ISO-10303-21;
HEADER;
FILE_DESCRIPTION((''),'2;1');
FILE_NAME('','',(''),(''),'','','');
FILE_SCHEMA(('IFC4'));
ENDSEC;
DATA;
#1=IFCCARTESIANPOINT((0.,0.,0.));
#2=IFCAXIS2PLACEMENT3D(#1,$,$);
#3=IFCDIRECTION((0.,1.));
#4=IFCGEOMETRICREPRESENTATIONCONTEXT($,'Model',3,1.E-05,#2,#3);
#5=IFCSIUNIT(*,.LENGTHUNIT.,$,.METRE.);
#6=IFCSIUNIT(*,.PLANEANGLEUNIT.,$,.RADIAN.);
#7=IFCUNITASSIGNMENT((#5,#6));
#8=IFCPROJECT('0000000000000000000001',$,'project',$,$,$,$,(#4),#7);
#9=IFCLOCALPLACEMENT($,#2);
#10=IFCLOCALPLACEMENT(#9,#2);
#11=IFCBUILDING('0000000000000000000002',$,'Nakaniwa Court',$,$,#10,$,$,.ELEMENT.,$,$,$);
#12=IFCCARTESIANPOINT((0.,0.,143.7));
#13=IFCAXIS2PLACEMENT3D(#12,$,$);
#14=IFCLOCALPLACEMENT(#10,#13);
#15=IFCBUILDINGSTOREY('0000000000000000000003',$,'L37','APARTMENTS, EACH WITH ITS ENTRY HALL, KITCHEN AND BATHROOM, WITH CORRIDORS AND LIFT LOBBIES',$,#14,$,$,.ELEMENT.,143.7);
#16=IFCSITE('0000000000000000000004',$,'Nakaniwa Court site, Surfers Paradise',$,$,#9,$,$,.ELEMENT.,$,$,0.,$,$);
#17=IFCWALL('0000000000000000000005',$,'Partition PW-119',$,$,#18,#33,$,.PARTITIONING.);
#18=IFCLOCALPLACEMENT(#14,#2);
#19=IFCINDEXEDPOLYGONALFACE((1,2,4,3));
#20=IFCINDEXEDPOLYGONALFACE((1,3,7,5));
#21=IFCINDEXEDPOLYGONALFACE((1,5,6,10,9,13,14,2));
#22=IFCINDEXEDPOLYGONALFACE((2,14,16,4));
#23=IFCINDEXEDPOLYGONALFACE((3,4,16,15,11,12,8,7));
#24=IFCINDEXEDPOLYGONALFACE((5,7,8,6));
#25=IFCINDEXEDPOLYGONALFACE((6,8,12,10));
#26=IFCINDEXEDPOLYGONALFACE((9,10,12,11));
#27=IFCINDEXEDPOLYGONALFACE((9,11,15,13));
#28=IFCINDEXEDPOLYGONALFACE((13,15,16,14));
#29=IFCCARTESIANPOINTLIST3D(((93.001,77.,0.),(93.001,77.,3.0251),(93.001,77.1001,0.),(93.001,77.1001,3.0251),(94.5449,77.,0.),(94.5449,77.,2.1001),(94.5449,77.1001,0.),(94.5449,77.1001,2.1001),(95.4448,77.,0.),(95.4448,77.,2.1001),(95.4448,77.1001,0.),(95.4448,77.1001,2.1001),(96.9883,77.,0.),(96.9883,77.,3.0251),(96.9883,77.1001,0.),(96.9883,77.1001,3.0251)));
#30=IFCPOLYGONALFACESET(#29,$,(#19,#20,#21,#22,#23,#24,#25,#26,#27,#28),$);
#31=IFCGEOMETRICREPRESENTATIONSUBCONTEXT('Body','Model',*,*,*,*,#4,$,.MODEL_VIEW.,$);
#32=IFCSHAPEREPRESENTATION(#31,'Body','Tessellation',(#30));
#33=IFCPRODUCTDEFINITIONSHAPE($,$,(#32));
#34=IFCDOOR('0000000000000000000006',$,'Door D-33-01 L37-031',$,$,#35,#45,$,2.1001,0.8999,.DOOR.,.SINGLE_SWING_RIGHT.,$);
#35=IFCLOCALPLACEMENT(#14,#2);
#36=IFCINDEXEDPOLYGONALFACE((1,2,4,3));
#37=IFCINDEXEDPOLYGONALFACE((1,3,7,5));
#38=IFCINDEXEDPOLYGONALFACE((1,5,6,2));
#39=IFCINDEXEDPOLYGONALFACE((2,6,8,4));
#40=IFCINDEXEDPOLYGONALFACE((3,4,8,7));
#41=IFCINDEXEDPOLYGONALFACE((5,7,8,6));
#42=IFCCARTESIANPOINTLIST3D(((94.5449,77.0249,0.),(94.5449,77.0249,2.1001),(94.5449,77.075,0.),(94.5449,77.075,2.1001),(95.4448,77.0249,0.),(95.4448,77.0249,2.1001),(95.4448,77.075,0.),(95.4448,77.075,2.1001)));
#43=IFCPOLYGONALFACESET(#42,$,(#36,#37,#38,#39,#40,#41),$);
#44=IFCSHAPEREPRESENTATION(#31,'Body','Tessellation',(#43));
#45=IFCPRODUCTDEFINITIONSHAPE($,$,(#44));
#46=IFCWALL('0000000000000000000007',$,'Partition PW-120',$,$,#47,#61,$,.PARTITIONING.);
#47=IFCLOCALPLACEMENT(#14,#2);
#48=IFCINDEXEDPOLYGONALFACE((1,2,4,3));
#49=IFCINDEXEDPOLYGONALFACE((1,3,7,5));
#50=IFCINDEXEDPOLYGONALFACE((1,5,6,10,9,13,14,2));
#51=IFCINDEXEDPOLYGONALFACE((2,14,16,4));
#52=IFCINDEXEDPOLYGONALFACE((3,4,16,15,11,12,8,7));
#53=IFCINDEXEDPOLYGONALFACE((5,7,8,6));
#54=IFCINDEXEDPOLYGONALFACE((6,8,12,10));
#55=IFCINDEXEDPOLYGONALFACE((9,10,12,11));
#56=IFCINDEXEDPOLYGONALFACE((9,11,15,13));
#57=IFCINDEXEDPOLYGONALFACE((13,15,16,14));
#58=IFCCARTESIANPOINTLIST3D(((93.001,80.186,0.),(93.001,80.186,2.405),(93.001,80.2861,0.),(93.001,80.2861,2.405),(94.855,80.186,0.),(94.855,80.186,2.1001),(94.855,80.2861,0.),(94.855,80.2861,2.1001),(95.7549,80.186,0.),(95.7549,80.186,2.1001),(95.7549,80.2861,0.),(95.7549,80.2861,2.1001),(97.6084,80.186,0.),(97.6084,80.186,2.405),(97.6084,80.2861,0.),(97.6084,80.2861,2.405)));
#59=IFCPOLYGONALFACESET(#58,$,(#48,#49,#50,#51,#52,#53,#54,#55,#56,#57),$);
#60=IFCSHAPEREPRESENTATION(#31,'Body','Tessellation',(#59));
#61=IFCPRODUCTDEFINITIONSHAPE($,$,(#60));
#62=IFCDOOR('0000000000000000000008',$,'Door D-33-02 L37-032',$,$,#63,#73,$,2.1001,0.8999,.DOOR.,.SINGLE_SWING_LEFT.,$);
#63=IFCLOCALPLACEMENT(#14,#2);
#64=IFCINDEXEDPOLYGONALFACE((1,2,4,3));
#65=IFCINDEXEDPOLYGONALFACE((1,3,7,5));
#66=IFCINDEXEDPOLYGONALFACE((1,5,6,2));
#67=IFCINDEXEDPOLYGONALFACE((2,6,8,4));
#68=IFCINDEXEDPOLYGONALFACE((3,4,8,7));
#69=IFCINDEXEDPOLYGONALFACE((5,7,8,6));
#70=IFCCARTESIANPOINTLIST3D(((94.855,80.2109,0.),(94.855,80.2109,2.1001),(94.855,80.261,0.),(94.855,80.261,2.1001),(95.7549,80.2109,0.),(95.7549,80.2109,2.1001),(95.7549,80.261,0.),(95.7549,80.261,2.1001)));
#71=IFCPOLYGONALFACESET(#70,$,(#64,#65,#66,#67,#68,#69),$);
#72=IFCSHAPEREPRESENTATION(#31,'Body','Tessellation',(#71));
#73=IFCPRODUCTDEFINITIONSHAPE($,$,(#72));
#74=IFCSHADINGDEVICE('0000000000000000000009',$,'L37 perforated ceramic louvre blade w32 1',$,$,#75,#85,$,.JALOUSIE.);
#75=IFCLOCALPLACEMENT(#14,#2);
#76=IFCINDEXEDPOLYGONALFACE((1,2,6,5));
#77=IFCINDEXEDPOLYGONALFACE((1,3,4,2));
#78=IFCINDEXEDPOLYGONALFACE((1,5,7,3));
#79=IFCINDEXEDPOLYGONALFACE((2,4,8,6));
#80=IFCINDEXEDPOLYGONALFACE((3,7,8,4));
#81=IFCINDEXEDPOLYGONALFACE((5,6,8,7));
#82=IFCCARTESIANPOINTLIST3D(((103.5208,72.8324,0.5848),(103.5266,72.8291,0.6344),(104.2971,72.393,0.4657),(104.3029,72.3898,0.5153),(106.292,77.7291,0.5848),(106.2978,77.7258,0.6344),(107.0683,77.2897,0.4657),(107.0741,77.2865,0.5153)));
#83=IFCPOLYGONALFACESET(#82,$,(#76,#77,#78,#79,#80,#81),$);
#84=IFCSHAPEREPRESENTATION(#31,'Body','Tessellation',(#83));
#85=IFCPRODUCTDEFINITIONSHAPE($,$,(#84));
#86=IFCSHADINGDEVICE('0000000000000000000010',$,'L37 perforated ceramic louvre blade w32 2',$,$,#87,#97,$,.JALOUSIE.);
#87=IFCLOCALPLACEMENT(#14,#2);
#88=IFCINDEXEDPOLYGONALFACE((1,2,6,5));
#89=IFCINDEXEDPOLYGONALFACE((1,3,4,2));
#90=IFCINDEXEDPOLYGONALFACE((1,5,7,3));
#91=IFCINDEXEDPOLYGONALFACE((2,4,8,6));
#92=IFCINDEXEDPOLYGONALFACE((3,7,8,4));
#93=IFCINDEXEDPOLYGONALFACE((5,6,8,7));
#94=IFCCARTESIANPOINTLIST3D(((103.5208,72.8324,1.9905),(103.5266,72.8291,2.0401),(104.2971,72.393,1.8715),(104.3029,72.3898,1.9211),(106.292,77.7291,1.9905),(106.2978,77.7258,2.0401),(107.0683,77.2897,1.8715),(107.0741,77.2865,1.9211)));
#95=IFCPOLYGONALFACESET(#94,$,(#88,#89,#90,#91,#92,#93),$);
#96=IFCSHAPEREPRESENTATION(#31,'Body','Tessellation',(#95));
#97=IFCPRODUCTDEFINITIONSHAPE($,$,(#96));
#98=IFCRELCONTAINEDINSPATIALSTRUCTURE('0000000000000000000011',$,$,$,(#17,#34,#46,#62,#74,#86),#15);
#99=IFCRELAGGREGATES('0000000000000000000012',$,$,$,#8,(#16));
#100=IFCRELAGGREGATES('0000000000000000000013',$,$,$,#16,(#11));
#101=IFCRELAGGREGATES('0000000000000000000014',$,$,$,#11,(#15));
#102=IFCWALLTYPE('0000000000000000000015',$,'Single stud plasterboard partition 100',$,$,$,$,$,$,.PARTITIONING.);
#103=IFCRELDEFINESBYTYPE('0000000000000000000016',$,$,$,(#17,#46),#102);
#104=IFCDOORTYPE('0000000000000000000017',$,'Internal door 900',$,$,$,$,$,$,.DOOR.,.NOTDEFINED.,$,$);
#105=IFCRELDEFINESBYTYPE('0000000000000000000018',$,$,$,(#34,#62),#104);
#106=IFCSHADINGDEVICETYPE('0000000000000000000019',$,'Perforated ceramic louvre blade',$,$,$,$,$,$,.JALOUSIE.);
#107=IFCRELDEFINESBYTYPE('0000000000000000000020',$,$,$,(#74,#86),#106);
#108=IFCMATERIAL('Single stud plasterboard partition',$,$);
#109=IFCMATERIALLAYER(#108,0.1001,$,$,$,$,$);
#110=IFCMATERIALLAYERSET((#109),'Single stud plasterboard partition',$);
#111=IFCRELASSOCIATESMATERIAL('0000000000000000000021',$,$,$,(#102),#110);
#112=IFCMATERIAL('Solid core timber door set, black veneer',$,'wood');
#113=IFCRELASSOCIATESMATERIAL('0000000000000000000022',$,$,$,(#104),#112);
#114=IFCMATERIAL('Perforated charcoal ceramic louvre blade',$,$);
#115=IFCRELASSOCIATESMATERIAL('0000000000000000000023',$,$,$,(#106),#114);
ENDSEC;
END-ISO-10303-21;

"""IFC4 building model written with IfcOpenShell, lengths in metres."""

from ifc_helpers import new_model, si_unit, direction, frame, frame_2d, origin, origin_2d, place, context, subcontext, project, spatial, rectangle, extrude, material, layer, layer_set, material_profile, profile_set, type_object, element, fill, save


model = new_model("IFC4")

# Units and contexts
model_context = context("Model", 3, precision=1e-05, world=origin(), true_north=direction((0.0, 1.0)))
body_context = subcontext(model_context, "Body", "Model", "MODEL_VIEW")
ifc_project = project(units=[si_unit("LENGTHUNIT", "METRE"), si_unit("PLANEANGLEUNIT", "RADIAN")], contexts=[model_context])

# Site, building, storey
site_placement = place(None, origin())
site = spatial("IfcSite", under=ifc_project, at=site_placement, Name="Nakaniwa Court site, Surfers Paradise", CompositionType="ELEMENT", RefElevation=0.0)
building_placement = place(site_placement, origin())
building = spatial("IfcBuilding", under=site, at=building_placement, Name="Nakaniwa Court", CompositionType="ELEMENT")
storey_placement = place(building_placement, frame((0.0, 0.0, 143.7)))
storey = spatial("IfcBuildingStorey", under=building, at=storey_placement, Name="L37", Description="APARTMENTS, EACH WITH ITS ENTRY HALL, KITCHEN AND BATHROOM, WITH CORRIDORS AND LIFT LOBBIES", CompositionType="ELEMENT", Elevation=143.7)

# Shared definitions
ifc_material_1 = material(Name="Solid core timber door set, black veneer", Category="wood")

# Shared definitions
ifc_material_2 = material(Name="Single stud plasterboard partition")
ifc_layer_1 = layer(ifc_material_2, 0.1001)
ifc_layer_set_1 = layer_set([ifc_layer_1], Name="Single stud plasterboard partition")
wall_type_1 = type_object("IfcWallType", Name="Single stud plasterboard partition 100", PredefinedType="PARTITIONING", material=ifc_layer_set_1)

# Walls, openings, doors
wall_1_placement = place(storey_placement, frame((93.001, 77.05, 0.0), z_axis=(0.0, 0.0, 1.0), x_axis=(1.0, 0.0, 0.0)))
wall_1 = element("IfcWall", 1, at=wall_1_placement, inside=storey, type_object=wall_type_1, Name="Partition PW-119", PredefinedType="PARTITIONING", context=body_context, shape_type="SweptSolid", body=[
    extrude(rectangle(XDim=3.9873, YDim=0.1001, at=frame_2d((1.9937, 0.0))), origin(), (0.0, 0.0, 1.0), 3.0251),
])
opening_1_placement = place(wall_1_placement, frame((1.5439, 0.0, 0.0)))
opening_1 = element("IfcOpeningElement", 2, at=opening_1_placement, cuts=wall_1, PredefinedType="OPENING", context=body_context, shape_type="SweptSolid", body=[
    extrude(rectangle(XDim=0.8999, YDim=2.1001, at=frame_2d((0.45, 1.05))), frame((0.0, 0.0601, 0.0), z_axis=(0.0, -1.0, 0.0), x_axis=(1.0, 0.0, 0.0)), (0.0, 0.0, 1.0), 0.1201),
])
door_type_1 = type_object("IfcDoorType", Name="Internal door 900", OperationType="NOTDEFINED", PredefinedType="DOOR", material=ifc_material_1)
door_1_placement = place(opening_1_placement, origin())
door_1 = element("IfcDoor", 3, at=door_1_placement, inside=storey, type_object=door_type_1, Name="Door D-33-01 L37-031", OperationType="SINGLE_SWING_RIGHT", OverallHeight=2.1001, OverallWidth=0.8999, PredefinedType="DOOR", context=body_context, shape_type="SweptSolid", body=[
    extrude(rectangle(XDim=0.8999, YDim=2.1001, at=frame_2d((0.45, 1.05))), frame((0.0, 0.0249, 0.0), z_axis=(0.0, -1.0, 0.0), x_axis=(1.0, 0.0, 0.0)), (0.0, 0.0, 1.0), 0.05),
])
fill(opening_1, door_1)
wall_2_placement = place(storey_placement, frame((93.001, 80.2361, 0.0), z_axis=(0.0, 0.0, 1.0), x_axis=(1.0, 0.0, 0.0)))
wall_2 = element("IfcWall", 4, at=wall_2_placement, inside=storey, type_object=wall_type_1, Name="Partition PW-120", PredefinedType="PARTITIONING", context=body_context, shape_type="SweptSolid", body=[
    extrude(rectangle(XDim=4.6074, YDim=0.1001, at=frame_2d((2.3037, 0.0))), origin(), (0.0, 0.0, 1.0), 2.405),
])
opening_2_placement = place(wall_2_placement, frame((1.854, 0.0, 0.0)))
opening_2 = element("IfcOpeningElement", 5, at=opening_2_placement, cuts=wall_2, PredefinedType="OPENING", context=body_context, shape_type="SweptSolid", body=[
    extrude(rectangle(XDim=0.8999, YDim=2.1001, at=frame_2d((0.45, 1.05))), frame((0.0, 0.0601, 0.0), z_axis=(0.0, -1.0, 0.0), x_axis=(1.0, 0.0, 0.0)), (0.0, 0.0, 1.0), 0.1201),
])
door_2_placement = place(opening_2_placement, origin())
door_2 = element("IfcDoor", 6, at=door_2_placement, inside=storey, type_object=door_type_1, Name="Door D-33-02 L37-032", OperationType="SINGLE_SWING_LEFT", OverallHeight=2.1001, OverallWidth=0.8999, PredefinedType="DOOR", context=body_context, shape_type="SweptSolid", body=[
    extrude(rectangle(XDim=0.8999, YDim=2.1001, at=frame_2d((0.45, 1.05))), frame((0.0, 0.0249, 0.0), z_axis=(0.0, -1.0, 0.0), x_axis=(1.0, 0.0, 0.0)), (0.0, 0.0, 1.0), 0.05),
])
fill(opening_2, door_2)

# Shading devices
ifc_material_3 = material(Name="Perforated charcoal ceramic louvre blade")
ifc_material_profile_1 = material_profile(ifc_material_3, rectangle(XDim=0.8999, YDim=0.05, at=origin_2d()), Name="Perforated ceramic louvre blade")
ifc_profile_set_1 = profile_set([ifc_material_profile_1], Name="Perforated charcoal ceramic louvre blade")
shading_device_type = type_object("IfcShadingDeviceType", Name="Perforated ceramic louvre blade", PredefinedType="JALOUSIE", material=ifc_profile_set_1)
for number, where, z_axis, x_axis, name in (
    (7, (103.9119, 72.6111, 0.55), (0.492532, 0.870294, 0.0), (-0.862649, 0.488205, 0.132256), "L37 perforated ceramic louvre blade w32 1"),
    (8, (103.9119, 72.6111, 1.9558), (0.492532, 0.870294, 0.0), (-0.862649, 0.488205, 0.132256), "L37 perforated ceramic louvre blade w32 2"),
):
    element("IfcShadingDevice", number, at=place(storey_placement, frame(where, z_axis=z_axis, x_axis=x_axis)), inside=storey, type_object=shading_device_type, Name=name, PredefinedType="JALOUSIE", context=body_context, shape_type="SweptSolid", body=[
        extrude(rectangle(XDim=0.8999, YDim=0.05, at=origin_2d()), origin(), (0.0, 0.0, 1.0), 5.6265),
    ])

save(model, "model.ifc")
